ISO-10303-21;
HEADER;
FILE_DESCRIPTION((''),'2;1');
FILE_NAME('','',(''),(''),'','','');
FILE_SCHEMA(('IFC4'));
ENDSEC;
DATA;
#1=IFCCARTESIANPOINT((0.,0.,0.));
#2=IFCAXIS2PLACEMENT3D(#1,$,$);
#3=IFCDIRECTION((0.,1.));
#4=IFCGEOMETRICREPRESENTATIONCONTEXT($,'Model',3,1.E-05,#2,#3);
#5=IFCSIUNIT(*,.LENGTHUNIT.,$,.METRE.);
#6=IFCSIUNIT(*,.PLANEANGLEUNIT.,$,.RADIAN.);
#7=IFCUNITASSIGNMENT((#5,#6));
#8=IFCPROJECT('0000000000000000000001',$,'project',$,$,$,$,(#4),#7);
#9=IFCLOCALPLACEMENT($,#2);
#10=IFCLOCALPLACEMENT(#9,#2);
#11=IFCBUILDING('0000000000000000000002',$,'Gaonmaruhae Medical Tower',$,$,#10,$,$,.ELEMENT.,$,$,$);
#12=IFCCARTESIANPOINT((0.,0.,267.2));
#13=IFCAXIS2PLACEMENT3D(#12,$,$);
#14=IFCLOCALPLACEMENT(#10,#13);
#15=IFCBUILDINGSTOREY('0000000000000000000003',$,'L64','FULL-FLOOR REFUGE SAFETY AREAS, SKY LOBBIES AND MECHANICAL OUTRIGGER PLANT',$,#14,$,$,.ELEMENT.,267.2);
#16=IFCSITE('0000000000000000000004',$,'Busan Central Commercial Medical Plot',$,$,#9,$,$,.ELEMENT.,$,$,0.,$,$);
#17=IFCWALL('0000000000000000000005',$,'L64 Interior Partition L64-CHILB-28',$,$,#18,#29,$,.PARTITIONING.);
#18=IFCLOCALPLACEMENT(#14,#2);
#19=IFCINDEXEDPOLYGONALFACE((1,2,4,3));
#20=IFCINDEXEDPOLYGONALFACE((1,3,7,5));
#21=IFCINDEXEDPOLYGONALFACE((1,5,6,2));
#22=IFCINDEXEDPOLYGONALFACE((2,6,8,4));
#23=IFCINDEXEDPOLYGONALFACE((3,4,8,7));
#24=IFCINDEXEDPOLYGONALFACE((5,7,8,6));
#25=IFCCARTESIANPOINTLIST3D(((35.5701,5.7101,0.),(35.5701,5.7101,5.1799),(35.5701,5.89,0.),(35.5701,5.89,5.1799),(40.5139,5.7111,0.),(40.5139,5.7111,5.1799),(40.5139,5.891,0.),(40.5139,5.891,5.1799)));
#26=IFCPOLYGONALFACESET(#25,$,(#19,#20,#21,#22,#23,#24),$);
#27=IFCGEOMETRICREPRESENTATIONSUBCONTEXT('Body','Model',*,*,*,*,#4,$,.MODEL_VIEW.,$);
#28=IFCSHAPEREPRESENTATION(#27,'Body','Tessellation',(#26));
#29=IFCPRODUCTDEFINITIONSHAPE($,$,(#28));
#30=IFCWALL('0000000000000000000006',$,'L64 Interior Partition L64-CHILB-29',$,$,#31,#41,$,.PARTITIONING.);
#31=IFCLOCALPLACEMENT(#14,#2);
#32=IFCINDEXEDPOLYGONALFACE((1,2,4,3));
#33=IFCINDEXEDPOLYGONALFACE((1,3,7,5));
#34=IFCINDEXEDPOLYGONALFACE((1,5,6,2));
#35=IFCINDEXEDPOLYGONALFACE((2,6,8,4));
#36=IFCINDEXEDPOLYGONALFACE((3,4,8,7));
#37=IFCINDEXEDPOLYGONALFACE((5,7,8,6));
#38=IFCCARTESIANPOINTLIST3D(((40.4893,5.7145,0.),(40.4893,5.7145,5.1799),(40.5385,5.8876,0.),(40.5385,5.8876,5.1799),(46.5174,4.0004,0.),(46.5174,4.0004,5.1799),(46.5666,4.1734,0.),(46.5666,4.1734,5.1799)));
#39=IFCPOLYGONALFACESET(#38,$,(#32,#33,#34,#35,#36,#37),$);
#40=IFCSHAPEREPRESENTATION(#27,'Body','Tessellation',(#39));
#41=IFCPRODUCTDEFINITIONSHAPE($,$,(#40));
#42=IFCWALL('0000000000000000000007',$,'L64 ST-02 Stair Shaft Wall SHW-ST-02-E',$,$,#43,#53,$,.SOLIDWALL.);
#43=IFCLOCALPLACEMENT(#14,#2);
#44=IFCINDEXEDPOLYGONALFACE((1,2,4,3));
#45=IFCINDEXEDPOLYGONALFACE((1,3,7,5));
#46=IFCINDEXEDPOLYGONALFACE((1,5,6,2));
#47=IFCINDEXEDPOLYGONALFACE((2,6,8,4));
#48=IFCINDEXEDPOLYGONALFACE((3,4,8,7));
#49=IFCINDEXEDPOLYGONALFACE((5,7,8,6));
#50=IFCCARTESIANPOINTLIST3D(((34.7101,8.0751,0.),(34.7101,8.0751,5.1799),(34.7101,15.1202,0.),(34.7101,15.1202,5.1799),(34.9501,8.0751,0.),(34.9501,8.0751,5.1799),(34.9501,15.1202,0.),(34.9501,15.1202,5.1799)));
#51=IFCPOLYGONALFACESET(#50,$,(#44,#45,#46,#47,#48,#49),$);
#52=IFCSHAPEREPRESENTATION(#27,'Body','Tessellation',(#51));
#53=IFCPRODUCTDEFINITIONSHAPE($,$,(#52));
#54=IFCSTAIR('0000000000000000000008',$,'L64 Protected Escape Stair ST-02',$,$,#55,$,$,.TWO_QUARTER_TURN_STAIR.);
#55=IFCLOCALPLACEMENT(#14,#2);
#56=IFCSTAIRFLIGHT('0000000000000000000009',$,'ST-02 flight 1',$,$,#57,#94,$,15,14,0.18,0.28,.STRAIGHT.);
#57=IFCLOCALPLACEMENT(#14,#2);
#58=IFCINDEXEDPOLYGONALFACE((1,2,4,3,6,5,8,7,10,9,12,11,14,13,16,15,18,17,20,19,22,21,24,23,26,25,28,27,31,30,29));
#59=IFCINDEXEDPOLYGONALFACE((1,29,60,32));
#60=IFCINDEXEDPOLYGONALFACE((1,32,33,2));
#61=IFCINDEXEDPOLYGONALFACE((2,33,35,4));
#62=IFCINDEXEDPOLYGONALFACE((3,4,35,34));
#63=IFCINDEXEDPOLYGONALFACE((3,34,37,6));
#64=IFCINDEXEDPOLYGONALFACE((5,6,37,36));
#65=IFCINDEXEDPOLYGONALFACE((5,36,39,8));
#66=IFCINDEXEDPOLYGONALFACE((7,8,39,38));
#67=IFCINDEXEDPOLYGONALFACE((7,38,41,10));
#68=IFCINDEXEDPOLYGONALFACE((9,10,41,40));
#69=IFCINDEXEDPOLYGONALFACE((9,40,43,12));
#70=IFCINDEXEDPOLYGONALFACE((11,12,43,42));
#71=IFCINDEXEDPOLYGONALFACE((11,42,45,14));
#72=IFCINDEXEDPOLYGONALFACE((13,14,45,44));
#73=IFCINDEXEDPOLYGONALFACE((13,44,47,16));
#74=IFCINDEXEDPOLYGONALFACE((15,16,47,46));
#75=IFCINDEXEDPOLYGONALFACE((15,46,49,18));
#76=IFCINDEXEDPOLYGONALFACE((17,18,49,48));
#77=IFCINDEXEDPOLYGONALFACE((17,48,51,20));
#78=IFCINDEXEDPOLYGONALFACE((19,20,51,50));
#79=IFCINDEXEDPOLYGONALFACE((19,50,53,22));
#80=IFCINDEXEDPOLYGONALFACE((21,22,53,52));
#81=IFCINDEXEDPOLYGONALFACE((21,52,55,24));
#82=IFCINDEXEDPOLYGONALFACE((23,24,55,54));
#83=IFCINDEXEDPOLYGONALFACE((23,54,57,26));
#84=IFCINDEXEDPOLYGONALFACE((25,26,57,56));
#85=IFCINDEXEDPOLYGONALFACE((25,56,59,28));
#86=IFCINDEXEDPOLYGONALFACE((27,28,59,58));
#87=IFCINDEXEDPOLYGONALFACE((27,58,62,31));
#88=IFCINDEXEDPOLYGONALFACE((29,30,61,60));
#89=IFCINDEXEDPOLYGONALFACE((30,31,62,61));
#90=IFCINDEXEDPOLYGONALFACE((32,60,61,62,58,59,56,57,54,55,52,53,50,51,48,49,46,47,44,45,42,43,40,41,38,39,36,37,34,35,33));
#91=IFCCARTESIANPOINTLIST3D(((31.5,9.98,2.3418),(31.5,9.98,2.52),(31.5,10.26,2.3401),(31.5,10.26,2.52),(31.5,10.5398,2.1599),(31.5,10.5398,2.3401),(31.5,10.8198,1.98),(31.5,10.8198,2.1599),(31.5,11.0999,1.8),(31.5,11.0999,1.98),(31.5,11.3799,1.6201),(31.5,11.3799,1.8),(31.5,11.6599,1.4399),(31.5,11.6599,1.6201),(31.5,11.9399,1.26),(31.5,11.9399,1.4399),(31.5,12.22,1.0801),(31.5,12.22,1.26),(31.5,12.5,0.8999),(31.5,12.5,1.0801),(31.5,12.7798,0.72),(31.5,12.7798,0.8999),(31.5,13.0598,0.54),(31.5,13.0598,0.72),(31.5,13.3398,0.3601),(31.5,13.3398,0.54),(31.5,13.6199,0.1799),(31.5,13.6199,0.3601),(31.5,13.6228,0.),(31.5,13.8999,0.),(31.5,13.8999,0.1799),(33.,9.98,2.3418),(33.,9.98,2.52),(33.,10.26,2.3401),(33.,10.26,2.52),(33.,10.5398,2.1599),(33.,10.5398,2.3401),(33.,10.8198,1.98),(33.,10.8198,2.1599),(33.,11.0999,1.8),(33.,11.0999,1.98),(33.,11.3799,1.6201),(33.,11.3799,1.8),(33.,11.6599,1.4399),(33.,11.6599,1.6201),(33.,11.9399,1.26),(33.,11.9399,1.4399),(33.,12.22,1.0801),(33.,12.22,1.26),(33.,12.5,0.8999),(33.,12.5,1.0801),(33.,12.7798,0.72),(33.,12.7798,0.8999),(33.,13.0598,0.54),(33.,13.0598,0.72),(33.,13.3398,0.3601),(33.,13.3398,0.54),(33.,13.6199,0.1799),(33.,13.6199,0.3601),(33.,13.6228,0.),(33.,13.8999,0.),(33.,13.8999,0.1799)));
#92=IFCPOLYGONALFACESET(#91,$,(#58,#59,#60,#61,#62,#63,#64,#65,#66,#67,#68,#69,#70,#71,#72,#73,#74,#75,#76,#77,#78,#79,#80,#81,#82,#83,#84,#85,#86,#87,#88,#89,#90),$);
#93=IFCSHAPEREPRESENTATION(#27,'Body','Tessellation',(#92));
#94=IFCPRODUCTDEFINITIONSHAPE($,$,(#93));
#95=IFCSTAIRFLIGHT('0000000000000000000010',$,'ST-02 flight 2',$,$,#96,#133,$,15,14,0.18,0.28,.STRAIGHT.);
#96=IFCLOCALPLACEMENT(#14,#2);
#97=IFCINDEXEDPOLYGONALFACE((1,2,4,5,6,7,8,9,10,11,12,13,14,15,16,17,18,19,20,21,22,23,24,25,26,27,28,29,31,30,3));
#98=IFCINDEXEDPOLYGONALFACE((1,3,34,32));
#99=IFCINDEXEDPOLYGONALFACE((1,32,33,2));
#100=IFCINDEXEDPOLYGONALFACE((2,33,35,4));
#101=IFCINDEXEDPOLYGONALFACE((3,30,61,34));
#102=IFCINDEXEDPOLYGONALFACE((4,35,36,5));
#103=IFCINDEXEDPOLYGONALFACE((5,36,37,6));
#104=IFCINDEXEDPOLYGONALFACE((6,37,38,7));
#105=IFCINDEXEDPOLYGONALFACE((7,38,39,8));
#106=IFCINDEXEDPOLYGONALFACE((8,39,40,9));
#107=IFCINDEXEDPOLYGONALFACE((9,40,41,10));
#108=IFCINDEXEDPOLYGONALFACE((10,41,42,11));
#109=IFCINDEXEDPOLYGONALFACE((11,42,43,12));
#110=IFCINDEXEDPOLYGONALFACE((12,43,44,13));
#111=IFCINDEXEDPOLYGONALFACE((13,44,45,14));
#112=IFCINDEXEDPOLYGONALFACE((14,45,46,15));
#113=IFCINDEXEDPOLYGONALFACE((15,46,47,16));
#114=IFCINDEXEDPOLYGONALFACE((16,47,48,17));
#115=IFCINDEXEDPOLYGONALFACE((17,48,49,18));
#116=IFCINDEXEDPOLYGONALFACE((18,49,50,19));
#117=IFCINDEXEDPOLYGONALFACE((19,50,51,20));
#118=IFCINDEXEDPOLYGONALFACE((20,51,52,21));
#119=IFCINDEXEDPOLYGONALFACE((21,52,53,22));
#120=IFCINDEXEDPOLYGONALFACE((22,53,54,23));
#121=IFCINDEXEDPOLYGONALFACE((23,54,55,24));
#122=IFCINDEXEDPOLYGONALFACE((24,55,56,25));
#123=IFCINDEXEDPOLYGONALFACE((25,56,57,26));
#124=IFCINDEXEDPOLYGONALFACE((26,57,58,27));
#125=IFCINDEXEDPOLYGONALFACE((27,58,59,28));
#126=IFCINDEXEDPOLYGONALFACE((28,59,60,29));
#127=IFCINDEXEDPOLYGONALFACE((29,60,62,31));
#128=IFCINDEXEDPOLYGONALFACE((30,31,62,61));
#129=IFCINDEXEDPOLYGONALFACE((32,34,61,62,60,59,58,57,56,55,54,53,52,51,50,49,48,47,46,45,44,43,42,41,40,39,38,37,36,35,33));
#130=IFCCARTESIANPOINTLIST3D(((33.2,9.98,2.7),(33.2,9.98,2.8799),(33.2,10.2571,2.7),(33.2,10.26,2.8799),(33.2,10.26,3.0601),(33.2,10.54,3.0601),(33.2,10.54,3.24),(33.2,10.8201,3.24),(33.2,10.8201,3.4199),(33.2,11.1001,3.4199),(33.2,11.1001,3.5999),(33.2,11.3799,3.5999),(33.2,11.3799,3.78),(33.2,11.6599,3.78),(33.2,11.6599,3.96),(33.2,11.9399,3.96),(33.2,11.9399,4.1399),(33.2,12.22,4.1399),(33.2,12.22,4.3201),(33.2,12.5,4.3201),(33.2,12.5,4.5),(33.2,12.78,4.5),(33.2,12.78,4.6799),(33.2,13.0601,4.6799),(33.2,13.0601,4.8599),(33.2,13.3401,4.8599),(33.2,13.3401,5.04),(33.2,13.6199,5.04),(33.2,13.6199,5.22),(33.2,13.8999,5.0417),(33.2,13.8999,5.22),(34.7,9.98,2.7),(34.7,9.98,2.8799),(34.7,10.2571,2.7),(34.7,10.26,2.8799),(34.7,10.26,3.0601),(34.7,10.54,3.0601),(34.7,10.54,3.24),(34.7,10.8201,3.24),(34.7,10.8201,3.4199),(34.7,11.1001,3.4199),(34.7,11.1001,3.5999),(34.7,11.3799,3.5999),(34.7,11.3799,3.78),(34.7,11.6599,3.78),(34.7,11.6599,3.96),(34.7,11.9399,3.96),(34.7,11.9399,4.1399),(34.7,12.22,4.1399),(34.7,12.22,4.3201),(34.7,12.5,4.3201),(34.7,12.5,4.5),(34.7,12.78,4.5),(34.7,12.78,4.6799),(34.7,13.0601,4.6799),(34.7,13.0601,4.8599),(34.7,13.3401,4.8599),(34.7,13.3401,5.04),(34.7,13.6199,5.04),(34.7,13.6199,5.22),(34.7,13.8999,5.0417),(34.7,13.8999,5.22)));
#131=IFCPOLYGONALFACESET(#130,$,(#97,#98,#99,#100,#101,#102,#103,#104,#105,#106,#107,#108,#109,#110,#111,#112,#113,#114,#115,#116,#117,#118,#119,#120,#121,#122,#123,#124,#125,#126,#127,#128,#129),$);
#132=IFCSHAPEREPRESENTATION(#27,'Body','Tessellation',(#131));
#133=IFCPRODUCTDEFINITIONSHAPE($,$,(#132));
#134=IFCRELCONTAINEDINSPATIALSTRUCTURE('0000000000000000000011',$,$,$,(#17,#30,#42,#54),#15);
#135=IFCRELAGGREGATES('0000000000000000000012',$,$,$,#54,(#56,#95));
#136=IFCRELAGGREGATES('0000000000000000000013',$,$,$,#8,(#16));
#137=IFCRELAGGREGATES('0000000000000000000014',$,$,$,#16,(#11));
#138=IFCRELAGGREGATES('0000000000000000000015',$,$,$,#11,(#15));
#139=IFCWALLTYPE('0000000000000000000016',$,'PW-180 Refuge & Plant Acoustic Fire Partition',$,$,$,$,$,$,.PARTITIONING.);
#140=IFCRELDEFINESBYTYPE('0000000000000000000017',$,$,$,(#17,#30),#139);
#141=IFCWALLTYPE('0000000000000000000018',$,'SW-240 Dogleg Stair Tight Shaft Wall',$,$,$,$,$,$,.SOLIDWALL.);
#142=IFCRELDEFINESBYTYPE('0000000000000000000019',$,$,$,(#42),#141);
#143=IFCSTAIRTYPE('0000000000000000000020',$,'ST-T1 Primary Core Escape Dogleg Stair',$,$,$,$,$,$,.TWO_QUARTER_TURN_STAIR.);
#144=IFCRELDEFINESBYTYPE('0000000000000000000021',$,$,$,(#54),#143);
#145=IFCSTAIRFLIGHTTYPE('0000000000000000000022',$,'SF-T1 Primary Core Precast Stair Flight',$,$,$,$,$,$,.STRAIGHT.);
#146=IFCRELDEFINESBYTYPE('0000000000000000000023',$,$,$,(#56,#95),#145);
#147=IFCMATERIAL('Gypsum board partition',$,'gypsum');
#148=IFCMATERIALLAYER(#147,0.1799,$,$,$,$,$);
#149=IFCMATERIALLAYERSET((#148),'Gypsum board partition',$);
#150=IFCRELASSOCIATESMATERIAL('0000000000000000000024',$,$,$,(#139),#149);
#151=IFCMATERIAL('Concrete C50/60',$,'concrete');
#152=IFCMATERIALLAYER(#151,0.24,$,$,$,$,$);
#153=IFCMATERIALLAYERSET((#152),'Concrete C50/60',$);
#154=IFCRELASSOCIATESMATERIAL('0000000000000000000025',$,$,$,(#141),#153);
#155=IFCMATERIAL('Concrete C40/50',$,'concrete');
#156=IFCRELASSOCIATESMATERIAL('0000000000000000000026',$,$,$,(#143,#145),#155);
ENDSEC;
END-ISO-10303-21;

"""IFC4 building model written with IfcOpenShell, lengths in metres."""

from ifc_helpers import new_model, si_unit, direction, frame, frame_2d, origin, place, context, subcontext, project, spatial, polyline, rectangle, outline, extrude, material, layer, layer_set, type_object, element, aggregate, save


model = new_model("IFC4")

# Units and contexts
model_context = context("Model", 3, precision=1e-05, world=origin(), true_north=direction((0.0, 1.0)))
body_context = subcontext(model_context, "Body", "Model", "MODEL_VIEW")
ifc_project = project(units=[si_unit("LENGTHUNIT", "METRE"), si_unit("PLANEANGLEUNIT", "RADIAN")], contexts=[model_context])

# Site, building, storey
site_placement = place(None, origin())
site = spatial("IfcSite", under=ifc_project, at=site_placement, Name="Busan Central Commercial Medical Plot", CompositionType="ELEMENT", RefElevation=0.0)
building_placement = place(site_placement, origin())
building = spatial("IfcBuilding", under=site, at=building_placement, Name="Gaonmaruhae Medical Tower", CompositionType="ELEMENT")
storey_placement = place(building_placement, frame((0.0, 0.0, 267.2)))
storey = spatial("IfcBuildingStorey", under=building, at=storey_placement, Name="L64", Description="FULL-FLOOR REFUGE SAFETY AREAS, SKY LOBBIES AND MECHANICAL OUTRIGGER PLANT", CompositionType="ELEMENT", Elevation=267.2)

# Shared definitions
ifc_material_1 = material(Name="Concrete C50/60", Category="concrete")

# Walls
ifc_material_2 = material(Name="Gypsum board partition", Category="gypsum")
ifc_layer_1 = layer(ifc_material_2, 0.1799)
ifc_layer_set_1 = layer_set([ifc_layer_1], Name="Gypsum board partition")
wall_type_1 = type_object("IfcWallType", Name="PW-180 Refuge & Plant Acoustic Fire Partition", PredefinedType="PARTITIONING", material=ifc_layer_set_1)
wall_1_placement = place(storey_placement, frame((35.5701, 5.8, 0.0), z_axis=(0.0, 0.0, 1.0), x_axis=(1.0, 0.000198, 0.0)))
element("IfcWall", 1, at=wall_1_placement, inside=storey, type_object=wall_type_1, Name="L64 Interior Partition L64-CHILB-28", PredefinedType="PARTITIONING", context=body_context, shape_type="SweptSolid", body=[
    extrude(rectangle(XDim=4.9438, YDim=0.1799, at=frame_2d((2.4719, 0.0))), origin(), (0.0, 0.0, 1.0), 5.1799),
])
wall_2_placement = place(storey_placement, frame((40.5139, 5.801, 0.0), z_axis=(0.0, 0.0, 1.0), x_axis=(0.961869, -0.273512, 0.0)))
element("IfcWall", 2, at=wall_2_placement, inside=storey, type_object=wall_type_1, Name="L64 Interior Partition L64-CHILB-29", PredefinedType="PARTITIONING", context=body_context, shape_type="SweptSolid", body=[
    extrude(rectangle(XDim=6.2671, YDim=0.1799, at=frame_2d((3.1335, 0.0))), origin(), (0.0, 0.0, 1.0), 5.1799),
])
ifc_layer_2 = layer(ifc_material_1, 0.24)
ifc_layer_set_2 = layer_set([ifc_layer_2], Name="Concrete C50/60")
wall_type_2 = type_object("IfcWallType", Name="SW-240 Dogleg Stair Tight Shaft Wall", PredefinedType="SOLIDWALL", material=ifc_layer_set_2)
wall_3_placement = place(storey_placement, frame((34.8301, 15.1201, 0.0), z_axis=(0.0, 0.0, 1.0), x_axis=(0.0, -1.0, 0.0)))
element("IfcWall", 3, at=wall_3_placement, inside=storey, type_object=wall_type_2, Name="L64 ST-02 Stair Shaft Wall SHW-ST-02-E", PredefinedType="SOLIDWALL", context=body_context, shape_type="SweptSolid", body=[
    extrude(rectangle(XDim=7.0452, YDim=0.24, at=frame_2d((3.5225, 0.0))), origin(), (0.0, 0.0, 1.0), 5.1799),
])

# Stair, stair flights
ifc_material_3 = material(Name="Concrete C40/50", Category="concrete")
stair_type = type_object("IfcStairType", Name="ST-T1 Primary Core Escape Dogleg Stair", PredefinedType="TWO_QUARTER_TURN_STAIR", material=ifc_material_3)
stair_placement = place(storey_placement, origin())
stair = element("IfcStair", 4, at=stair_placement, inside=storey, type_object=stair_type, Name="L64 Protected Escape Stair ST-02", PredefinedType="TWO_QUARTER_TURN_STAIR")
stair_flight_type = type_object("IfcStairFlightType", Name="SF-T1 Primary Core Precast Stair Flight", PredefinedType="STRAIGHT", material=ifc_material_3)
stair_flight_1_placement = place(storey_placement, frame((32.25, 13.8999, 0.0), z_axis=(0.0, 0.0, 1.0), x_axis=(0.0, -1.0, 0.0)))
stair_flight_1 = element("IfcStairFlight", 5, at=stair_flight_1_placement, type_object=stair_flight_type, Name="ST-02 flight 1", NumberOfRisers=15, NumberOfTreads=14, PredefinedType="STRAIGHT", RiserHeight=0.18, TreadLength=0.28, context=body_context, shape_type="SweptSolid", body=[
    extrude(outline(polyline([(0.0, 0.0), (0.0, 0.1799), (0.28, 0.1799), (0.28, 0.3601), (0.5601, 0.3601), (0.5601, 0.54), (0.8401, 0.54), (0.8401, 0.72), (1.1201, 0.72), (1.1201, 0.8999), (1.3999, 0.8999), (1.3999, 1.0801), (1.6799, 1.0801), (1.6799, 1.26), (1.96, 1.26), (1.96, 1.4399), (2.24, 1.4399), (2.24, 1.6201), (2.52, 1.6201), (2.52, 1.8), (2.8, 1.8), (2.8, 1.98), (3.0801, 1.98), (3.0801, 2.1599), (3.3601, 2.1599), (3.3601, 2.3401), (3.6399, 2.3401), (3.6399, 2.52), (3.9199, 2.52), (3.9199, 2.7), (3.9199, 2.3418), (0.2771, 0.0), (0.0, 0.0)])), frame((0.0, 0.75, 0.0), z_axis=(0.0, -1.0, 0.0), x_axis=(1.0, 0.0, 0.0)), (0.0, 0.0, 1.0), 1.5),
])
stair_flight_2_placement = place(storey_placement, frame((33.95, 9.98, 2.7), z_axis=(0.0, 0.0, 1.0), x_axis=(0.0, 1.0, 0.0)))
stair_flight_2 = element("IfcStairFlight", 6, at=stair_flight_2_placement, type_object=stair_flight_type, Name="ST-02 flight 2", NumberOfRisers=15, NumberOfTreads=14, PredefinedType="STRAIGHT", RiserHeight=0.18, TreadLength=0.28, context=body_context, shape_type="SweptSolid", body=[
    extrude(outline(polyline([(0.0, 0.0), (0.0, 0.1799), (0.28, 0.1799), (0.28, 0.3601), (0.5601, 0.3601), (0.5601, 0.54), (0.8401, 0.54), (0.8401, 0.72), (1.1201, 0.72), (1.1201, 0.8999), (1.3999, 0.8999), (1.3999, 1.0801), (1.6799, 1.0801), (1.6799, 1.26), (1.96, 1.26), (1.96, 1.4399), (2.24, 1.4399), (2.24, 1.6201), (2.52, 1.6201), (2.52, 1.8), (2.8, 1.8), (2.8, 1.98), (3.0801, 1.98), (3.0801, 2.1599), (3.3601, 2.1599), (3.3601, 2.3401), (3.6399, 2.3401), (3.6399, 2.52), (3.9199, 2.52), (3.9199, 2.7), (3.9199, 2.3418), (0.2771, 0.0), (0.0, 0.0)])), frame((0.0, 0.75, 0.0), z_axis=(0.0, -1.0, 0.0), x_axis=(1.0, 0.0, 0.0)), (0.0, 0.0, 1.0), 1.5),
])
aggregate(stair, [stair_flight_1, stair_flight_2])

save(model, "model.ifc")
